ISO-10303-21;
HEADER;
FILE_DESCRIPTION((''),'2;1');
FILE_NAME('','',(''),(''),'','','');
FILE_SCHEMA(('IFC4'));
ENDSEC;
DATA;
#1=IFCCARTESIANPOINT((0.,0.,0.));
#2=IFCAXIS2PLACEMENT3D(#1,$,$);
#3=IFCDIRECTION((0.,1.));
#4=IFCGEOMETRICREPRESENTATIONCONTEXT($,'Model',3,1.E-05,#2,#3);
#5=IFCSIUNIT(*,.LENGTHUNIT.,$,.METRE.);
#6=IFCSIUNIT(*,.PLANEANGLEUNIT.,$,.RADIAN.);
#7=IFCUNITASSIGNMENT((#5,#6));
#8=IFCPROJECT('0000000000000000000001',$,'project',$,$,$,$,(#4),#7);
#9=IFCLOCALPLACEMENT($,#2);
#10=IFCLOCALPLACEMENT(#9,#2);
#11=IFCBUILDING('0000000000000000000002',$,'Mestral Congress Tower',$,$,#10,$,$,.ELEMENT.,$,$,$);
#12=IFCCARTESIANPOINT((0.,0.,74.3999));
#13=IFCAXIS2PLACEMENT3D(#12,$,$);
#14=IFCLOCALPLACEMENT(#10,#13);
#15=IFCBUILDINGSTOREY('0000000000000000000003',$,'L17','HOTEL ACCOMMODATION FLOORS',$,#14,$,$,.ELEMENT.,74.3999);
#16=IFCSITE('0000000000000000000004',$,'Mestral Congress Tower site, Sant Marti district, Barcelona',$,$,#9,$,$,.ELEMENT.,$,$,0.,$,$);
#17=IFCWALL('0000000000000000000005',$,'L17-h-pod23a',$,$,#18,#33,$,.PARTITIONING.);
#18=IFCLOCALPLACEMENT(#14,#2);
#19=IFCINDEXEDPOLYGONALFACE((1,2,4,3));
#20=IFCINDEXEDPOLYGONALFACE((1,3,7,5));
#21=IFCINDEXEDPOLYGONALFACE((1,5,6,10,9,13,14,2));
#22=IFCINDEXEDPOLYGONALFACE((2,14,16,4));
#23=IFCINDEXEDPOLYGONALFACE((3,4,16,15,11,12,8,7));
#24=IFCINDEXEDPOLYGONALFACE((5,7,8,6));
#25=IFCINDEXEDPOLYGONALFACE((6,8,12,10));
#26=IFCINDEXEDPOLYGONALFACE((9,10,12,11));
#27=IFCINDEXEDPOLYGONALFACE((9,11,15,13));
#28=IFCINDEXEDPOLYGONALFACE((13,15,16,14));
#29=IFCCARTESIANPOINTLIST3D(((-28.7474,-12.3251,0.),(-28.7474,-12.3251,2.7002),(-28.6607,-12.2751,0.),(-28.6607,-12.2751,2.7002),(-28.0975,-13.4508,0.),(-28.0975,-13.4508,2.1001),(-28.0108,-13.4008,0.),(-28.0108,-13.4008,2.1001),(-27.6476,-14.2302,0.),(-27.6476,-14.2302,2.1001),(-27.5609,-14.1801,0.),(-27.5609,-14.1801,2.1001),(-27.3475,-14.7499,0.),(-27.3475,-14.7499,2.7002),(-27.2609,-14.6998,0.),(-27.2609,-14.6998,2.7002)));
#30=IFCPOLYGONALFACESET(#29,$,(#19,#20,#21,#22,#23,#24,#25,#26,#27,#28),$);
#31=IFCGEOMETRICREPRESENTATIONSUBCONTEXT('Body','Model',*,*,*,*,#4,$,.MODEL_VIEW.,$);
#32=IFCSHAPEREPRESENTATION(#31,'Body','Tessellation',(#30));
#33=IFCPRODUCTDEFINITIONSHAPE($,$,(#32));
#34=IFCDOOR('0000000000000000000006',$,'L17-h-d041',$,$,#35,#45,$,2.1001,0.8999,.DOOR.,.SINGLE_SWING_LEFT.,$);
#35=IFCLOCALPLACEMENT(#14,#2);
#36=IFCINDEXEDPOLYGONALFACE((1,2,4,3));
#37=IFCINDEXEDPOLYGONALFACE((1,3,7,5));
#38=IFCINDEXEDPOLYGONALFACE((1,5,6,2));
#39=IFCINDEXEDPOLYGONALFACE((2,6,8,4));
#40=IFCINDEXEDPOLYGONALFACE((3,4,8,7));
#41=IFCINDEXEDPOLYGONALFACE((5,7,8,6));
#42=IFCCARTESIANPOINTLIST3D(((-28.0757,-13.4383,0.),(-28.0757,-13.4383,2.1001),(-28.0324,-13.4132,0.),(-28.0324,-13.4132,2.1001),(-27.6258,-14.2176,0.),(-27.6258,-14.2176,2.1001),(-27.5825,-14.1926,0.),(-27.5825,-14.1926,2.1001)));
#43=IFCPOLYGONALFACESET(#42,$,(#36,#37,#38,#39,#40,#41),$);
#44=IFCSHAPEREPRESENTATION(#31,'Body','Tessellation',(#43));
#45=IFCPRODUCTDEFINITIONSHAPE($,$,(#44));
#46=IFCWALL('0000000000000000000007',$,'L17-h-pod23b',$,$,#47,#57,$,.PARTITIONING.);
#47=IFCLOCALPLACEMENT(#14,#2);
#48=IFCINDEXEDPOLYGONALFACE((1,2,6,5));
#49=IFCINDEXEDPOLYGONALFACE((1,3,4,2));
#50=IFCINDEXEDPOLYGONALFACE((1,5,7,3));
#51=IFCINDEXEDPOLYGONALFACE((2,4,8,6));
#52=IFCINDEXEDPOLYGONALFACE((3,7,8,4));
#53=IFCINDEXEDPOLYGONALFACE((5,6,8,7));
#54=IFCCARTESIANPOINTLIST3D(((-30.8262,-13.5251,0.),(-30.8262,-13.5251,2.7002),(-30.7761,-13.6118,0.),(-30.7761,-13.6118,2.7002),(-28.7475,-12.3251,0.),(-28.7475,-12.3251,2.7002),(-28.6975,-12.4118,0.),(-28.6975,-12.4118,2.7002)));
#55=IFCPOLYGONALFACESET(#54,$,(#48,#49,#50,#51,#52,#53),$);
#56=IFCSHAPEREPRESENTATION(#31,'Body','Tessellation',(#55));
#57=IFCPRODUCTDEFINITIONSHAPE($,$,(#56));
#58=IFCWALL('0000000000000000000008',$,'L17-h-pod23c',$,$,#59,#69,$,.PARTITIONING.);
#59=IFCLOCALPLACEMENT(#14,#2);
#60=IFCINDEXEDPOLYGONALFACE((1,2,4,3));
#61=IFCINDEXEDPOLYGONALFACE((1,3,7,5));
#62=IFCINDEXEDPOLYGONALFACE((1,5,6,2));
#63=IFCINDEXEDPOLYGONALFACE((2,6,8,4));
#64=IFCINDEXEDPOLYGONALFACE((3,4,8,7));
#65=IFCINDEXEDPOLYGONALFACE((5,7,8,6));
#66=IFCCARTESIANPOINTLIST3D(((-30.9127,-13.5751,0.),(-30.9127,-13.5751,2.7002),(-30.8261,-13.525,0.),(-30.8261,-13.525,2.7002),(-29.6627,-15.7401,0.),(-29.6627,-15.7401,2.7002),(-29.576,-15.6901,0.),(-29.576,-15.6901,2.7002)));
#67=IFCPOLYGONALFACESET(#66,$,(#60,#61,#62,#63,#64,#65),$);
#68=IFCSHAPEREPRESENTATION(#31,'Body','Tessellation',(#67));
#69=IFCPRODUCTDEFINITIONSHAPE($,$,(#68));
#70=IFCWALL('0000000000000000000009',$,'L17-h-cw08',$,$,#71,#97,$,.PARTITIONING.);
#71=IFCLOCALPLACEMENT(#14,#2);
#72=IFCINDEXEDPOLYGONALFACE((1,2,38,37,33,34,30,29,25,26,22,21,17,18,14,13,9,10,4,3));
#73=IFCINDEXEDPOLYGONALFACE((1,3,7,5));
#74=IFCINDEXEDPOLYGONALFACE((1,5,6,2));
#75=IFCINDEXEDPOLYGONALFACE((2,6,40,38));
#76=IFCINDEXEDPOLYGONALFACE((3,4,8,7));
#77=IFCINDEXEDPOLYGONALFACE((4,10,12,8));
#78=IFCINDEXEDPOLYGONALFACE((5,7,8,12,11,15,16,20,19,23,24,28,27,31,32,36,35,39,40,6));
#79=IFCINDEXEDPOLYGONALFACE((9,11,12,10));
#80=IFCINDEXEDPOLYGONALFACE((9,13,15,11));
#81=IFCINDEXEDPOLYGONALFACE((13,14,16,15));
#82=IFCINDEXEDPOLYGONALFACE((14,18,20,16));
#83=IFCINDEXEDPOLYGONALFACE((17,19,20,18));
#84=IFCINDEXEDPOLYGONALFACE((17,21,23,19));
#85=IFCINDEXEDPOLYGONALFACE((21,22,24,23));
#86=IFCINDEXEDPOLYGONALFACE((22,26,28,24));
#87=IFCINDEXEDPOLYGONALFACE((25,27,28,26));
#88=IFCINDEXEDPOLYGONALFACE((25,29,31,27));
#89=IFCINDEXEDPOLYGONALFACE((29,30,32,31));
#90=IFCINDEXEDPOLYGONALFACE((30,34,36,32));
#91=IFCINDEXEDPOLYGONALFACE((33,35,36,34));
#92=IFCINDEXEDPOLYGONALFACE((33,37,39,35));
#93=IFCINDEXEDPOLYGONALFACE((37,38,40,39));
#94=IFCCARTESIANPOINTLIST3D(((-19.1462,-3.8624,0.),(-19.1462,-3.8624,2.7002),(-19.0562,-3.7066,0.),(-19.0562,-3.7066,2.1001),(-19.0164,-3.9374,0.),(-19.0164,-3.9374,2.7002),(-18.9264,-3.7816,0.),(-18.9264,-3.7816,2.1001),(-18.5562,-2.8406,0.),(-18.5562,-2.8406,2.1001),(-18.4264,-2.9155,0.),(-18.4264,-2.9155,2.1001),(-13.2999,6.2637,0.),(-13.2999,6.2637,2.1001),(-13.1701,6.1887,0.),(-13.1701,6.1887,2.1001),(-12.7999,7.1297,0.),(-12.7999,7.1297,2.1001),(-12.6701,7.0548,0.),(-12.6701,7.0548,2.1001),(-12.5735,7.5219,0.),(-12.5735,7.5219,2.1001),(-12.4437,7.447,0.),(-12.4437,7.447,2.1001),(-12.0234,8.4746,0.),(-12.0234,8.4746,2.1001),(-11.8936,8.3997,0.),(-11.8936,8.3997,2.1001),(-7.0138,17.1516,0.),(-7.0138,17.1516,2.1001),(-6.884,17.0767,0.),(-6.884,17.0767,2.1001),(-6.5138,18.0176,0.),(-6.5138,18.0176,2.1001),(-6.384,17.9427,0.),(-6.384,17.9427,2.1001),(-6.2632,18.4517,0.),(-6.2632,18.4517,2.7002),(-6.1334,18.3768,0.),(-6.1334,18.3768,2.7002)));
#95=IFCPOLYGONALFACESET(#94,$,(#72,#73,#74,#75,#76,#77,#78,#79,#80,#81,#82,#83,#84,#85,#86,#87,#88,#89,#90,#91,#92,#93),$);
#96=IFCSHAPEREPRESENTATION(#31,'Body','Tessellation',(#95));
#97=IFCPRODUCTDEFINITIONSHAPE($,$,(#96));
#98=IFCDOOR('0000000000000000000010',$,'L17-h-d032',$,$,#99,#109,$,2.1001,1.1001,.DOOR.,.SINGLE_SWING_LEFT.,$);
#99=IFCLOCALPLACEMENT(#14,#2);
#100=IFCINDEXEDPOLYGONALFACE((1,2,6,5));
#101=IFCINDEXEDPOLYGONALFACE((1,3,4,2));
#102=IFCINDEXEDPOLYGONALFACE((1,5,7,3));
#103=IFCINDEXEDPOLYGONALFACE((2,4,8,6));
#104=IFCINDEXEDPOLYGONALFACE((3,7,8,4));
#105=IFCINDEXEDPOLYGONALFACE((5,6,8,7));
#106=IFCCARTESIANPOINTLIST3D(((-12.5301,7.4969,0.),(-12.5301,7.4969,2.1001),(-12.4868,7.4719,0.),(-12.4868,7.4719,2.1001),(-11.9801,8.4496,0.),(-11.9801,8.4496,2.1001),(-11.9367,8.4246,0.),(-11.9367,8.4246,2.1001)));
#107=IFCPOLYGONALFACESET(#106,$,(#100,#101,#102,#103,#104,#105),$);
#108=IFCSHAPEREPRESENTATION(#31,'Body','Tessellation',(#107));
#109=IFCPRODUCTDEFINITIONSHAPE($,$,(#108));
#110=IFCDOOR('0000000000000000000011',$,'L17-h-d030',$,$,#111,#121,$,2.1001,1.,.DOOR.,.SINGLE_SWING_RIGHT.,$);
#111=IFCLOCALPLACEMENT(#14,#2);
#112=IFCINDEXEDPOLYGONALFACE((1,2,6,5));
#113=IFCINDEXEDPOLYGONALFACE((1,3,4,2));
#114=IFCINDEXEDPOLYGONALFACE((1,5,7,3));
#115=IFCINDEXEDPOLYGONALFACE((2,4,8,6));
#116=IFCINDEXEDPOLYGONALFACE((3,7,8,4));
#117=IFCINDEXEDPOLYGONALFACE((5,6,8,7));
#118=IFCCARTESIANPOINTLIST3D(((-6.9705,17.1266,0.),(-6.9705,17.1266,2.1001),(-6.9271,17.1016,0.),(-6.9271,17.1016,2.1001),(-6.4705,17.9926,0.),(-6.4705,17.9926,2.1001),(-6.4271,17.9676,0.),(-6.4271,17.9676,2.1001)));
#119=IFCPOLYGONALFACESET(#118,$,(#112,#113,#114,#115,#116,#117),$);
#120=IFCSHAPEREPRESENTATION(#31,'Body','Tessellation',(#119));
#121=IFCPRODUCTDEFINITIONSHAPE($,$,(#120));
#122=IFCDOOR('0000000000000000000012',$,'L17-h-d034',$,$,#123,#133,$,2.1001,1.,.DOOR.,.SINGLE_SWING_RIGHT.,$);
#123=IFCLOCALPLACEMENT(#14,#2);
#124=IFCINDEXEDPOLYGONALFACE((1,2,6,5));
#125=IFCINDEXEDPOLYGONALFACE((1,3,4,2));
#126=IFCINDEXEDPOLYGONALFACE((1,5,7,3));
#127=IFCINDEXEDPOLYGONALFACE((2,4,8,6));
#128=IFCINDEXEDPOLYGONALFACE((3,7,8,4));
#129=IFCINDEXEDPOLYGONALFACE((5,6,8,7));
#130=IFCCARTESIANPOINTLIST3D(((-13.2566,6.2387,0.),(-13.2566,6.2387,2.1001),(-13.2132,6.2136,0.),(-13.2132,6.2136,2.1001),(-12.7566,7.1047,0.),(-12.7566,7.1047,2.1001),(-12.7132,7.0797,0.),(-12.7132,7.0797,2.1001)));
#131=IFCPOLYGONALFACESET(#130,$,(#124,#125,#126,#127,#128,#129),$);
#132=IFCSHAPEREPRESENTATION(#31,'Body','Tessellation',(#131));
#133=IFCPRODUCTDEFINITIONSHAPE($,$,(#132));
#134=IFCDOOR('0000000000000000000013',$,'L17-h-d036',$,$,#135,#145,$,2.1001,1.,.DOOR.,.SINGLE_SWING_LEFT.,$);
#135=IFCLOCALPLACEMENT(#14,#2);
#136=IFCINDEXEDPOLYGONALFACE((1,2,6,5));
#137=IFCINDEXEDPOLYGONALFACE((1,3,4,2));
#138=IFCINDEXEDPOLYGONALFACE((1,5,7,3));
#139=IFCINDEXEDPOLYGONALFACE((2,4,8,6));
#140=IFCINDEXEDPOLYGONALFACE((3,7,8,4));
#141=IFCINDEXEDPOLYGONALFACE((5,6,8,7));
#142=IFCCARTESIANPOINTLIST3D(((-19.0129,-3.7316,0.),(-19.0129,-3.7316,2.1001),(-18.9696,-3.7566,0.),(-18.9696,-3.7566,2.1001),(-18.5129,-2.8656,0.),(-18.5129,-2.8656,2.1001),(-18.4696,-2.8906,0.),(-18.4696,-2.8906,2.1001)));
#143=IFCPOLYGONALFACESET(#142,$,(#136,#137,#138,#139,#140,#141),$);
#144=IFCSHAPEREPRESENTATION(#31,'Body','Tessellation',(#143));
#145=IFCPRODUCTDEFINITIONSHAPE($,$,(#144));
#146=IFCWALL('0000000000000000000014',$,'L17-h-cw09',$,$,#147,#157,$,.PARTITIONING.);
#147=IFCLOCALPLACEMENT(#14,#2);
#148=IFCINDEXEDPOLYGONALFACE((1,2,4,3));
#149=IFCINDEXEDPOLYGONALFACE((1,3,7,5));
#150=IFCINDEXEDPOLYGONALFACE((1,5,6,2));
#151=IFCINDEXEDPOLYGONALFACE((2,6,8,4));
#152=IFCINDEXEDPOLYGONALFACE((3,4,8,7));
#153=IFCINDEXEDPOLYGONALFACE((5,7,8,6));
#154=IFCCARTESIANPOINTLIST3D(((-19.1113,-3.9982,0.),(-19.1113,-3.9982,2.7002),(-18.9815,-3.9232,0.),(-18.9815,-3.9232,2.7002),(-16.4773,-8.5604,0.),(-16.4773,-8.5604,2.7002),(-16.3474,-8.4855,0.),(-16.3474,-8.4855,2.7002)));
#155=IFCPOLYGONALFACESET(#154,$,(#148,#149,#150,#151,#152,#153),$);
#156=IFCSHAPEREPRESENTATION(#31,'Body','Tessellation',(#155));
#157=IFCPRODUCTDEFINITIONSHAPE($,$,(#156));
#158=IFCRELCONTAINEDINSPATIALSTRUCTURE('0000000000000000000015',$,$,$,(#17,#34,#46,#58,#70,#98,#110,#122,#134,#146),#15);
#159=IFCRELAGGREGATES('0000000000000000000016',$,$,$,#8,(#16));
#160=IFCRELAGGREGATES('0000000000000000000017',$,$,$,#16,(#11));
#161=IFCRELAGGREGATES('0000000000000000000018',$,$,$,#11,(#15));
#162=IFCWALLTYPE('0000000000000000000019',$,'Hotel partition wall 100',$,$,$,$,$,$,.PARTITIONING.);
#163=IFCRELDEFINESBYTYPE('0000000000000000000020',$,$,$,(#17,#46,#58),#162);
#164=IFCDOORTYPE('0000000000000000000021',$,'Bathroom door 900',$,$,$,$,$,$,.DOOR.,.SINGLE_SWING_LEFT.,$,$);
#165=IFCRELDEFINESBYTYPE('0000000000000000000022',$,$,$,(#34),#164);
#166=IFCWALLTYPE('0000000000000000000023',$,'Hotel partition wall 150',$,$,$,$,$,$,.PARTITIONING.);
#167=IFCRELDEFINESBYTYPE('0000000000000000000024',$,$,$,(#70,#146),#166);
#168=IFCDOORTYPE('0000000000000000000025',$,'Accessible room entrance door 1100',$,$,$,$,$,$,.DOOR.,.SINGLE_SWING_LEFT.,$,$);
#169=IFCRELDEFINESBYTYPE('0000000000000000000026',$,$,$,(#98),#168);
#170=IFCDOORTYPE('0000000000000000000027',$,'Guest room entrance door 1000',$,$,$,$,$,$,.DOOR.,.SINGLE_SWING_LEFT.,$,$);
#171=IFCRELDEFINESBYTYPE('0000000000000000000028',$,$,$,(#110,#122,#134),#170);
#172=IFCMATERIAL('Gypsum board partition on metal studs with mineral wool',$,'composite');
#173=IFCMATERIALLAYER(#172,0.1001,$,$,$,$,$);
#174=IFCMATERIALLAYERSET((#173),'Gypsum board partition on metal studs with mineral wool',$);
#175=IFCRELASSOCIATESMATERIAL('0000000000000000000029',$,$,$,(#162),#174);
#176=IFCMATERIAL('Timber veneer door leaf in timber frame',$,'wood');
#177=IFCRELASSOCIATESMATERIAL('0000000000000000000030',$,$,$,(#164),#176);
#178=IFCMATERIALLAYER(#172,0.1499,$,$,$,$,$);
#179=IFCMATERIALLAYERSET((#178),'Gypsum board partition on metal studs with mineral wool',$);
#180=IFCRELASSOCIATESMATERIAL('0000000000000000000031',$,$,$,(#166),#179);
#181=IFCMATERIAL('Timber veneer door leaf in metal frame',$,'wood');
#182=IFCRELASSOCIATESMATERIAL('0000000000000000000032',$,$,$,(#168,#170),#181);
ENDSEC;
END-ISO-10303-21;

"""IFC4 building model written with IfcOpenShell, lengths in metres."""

from ifc_helpers import new_model, si_unit, direction, frame, frame_2d, origin, place, context, subcontext, project, spatial, rectangle, extrude, material, layer, layer_set, type_object, element, fill, save


model = new_model("IFC4")

# Units and contexts
model_context = context("Model", 3, precision=1e-05, world=origin(), true_north=direction((0.0, 1.0)))
body_context = subcontext(model_context, "Body", "Model", "MODEL_VIEW")
ifc_project = project(units=[si_unit("LENGTHUNIT", "METRE"), si_unit("PLANEANGLEUNIT", "RADIAN")], contexts=[model_context])

# Site, building, storey
site_placement = place(None, origin())
site = spatial("IfcSite", under=ifc_project, at=site_placement, Name="Mestral Congress Tower site, Sant Marti district, Barcelona", CompositionType="ELEMENT", RefElevation=0.0)
building_placement = place(site_placement, origin())
building = spatial("IfcBuilding", under=site, at=building_placement, Name="Mestral Congress Tower", CompositionType="ELEMENT")
storey_placement = place(building_placement, frame((0.0, 0.0, 74.3999)))
storey = spatial("IfcBuildingStorey", under=building, at=storey_placement, Name="L17", Description="HOTEL ACCOMMODATION FLOORS", CompositionType="ELEMENT", Elevation=74.3999)

# Shared definitions
ifc_material_1 = material(Name="Gypsum board partition on metal studs with mineral wool", Category="composite")
ifc_layer_1 = layer(ifc_material_1, 0.1001)
ifc_layer_set_1 = layer_set([ifc_layer_1], Name="Gypsum board partition on metal studs with mineral wool")
wall_type_1 = type_object("IfcWallType", Name="Hotel partition wall 100", PredefinedType="PARTITIONING", material=ifc_layer_set_1)

# Shared definitions
ifc_material_2 = material(Name="Timber veneer door leaf in timber frame", Category="wood")
door_type_1 = type_object("IfcDoorType", Name="Bathroom door 900", OperationType="SINGLE_SWING_LEFT", PredefinedType="DOOR", material=ifc_material_2)

# Wall, opening, door
wall_1_placement = place(storey_placement, frame((-27.3042, -14.7249, 0.0), z_axis=(0.0, 0.0, 1.0), x_axis=(-0.499984, 0.866035, 0.0)))
wall_1 = element("IfcWall", 1, at=wall_1_placement, inside=storey, type_object=wall_type_1, Name="L17-h-pod23a", PredefinedType="PARTITIONING", context=body_context, shape_type="SweptSolid", body=[
    extrude(rectangle(XDim=2.7998, YDim=0.1001, at=frame_2d((1.3999, 0.0))), origin(), (0.0, 0.0, 1.0), 2.7002),
])
opening_1_placement = place(wall_1_placement, frame((0.6001, 0.0, 0.0)))
opening_1 = element("IfcOpeningElement", 2, at=opening_1_placement, cuts=wall_1, PredefinedType="OPENING", context=body_context, shape_type="SweptSolid", body=[
    extrude(rectangle(XDim=0.8999, YDim=2.1001, at=frame_2d((0.45, 1.05))), frame((0.0, 0.0601, 0.0), z_axis=(0.0, -1.0, 0.0), x_axis=(1.0, 0.0, 0.0)), (0.0, 0.0, 1.0), 0.1201),
])
door_1_placement = place(opening_1_placement, origin())
door_1 = element("IfcDoor", 3, at=door_1_placement, inside=storey, type_object=door_type_1, Name="L17-h-d041", OperationType="SINGLE_SWING_LEFT", OverallHeight=2.1001, OverallWidth=0.8999, PredefinedType="DOOR", context=body_context, shape_type="SweptSolid", body=[
    extrude(rectangle(XDim=0.8999, YDim=2.1001, at=frame_2d((0.45, 1.05))), frame((0.0, 0.0249, 0.0), z_axis=(0.0, -1.0, 0.0), x_axis=(1.0, 0.0, 0.0)), (0.0, 0.0, 1.0), 0.05),
])
fill(opening_1, door_1)

# Walls
wall_2_placement = place(storey_placement, frame((-28.7224, -12.3684, 0.0), z_axis=(0.0, 0.0, 1.0), x_axis=(-0.86605, -0.499957, 0.0)))
element("IfcWall", 4, at=wall_2_placement, inside=storey, type_object=wall_type_1, Name="L17-h-pod23b", PredefinedType="PARTITIONING", context=body_context, shape_type="SweptSolid", body=[
    extrude(rectangle(XDim=2.4001, YDim=0.1001, at=frame_2d((1.2002, 0.0))), origin(), (0.0, 0.0, 1.0), 2.7002),
])
wall_3_placement = place(storey_placement, frame((-29.6194, -15.7151, 0.0), z_axis=(0.0, 0.0, 1.0), x_axis=(-0.500004, 0.866023, 0.0)))
element("IfcWall", 5, at=wall_3_placement, inside=storey, type_object=wall_type_1, Name="L17-h-pod23c", PredefinedType="PARTITIONING", context=body_context, shape_type="SweptSolid", body=[
    extrude(rectangle(XDim=2.5, YDim=0.1001, at=frame_2d((1.25, 0.0))), origin(), (0.0, 0.0, 1.0), 2.7002),
])

# Wall, openings, doors
ifc_layer_2 = layer(ifc_material_1, 0.1499)
ifc_layer_set_2 = layer_set([ifc_layer_2], Name="Gypsum board partition on metal studs with mineral wool")
wall_type_2 = type_object("IfcWallType", Name="Hotel partition wall 150", PredefinedType="PARTITIONING", material=ifc_layer_set_2)
wall_4_placement = place(storey_placement, frame((-19.0813, -3.8999, 0.0), z_axis=(0.0, 0.0, 1.0), x_axis=(0.499998, 0.866026, 0.0)))
wall_4 = element("IfcWall", 6, at=wall_4_placement, inside=storey, type_object=wall_type_2, Name="L17-h-cw08", PredefinedType="PARTITIONING", context=body_context, shape_type="SweptSolid", body=[
    extrude(rectangle(XDim=25.7661, YDim=0.1499, at=frame_2d((12.8831, 0.0))), origin(), (0.0, 0.0, 1.0), 2.7002),
])
opening_2_placement = place(wall_4_placement, frame((24.2649, 0.0, 0.0)))
opening_2 = element("IfcOpeningElement", 7, at=opening_2_placement, cuts=wall_4, PredefinedType="OPENING", context=body_context, shape_type="SweptSolid", body=[
    extrude(rectangle(XDim=1.0, YDim=2.1001, at=frame_2d((0.5, 1.05))), frame((0.0, 0.085, 0.0), z_axis=(0.0, -1.0, 0.0), x_axis=(1.0, 0.0, 0.0)), (0.0, 0.0, 1.0), 0.1699),
])
opening_3_placement = place(wall_4_placement, frame((13.1455, 0.0, 0.0)))
opening_3 = element("IfcOpeningElement", 8, at=opening_3_placement, cuts=wall_4, PredefinedType="OPENING", context=body_context, shape_type="SweptSolid", body=[
    extrude(rectangle(XDim=1.1001, YDim=2.1001, at=frame_2d((0.55, 1.05))), frame((0.0, 0.085, 0.0), z_axis=(0.0, -1.0, 0.0), x_axis=(1.0, 0.0, 0.0)), (0.0, 0.0, 1.0), 0.1699),
])
opening_4_placement = place(wall_4_placement, frame((11.6926, 0.0, 0.0)))
opening_4 = element("IfcOpeningElement", 9, at=opening_4_placement, cuts=wall_4, PredefinedType="OPENING", context=body_context, shape_type="SweptSolid", body=[
    extrude(rectangle(XDim=1.0, YDim=2.1001, at=frame_2d((0.5, 1.05))), frame((0.0, 0.085, 0.0), z_axis=(0.0, -1.0, 0.0), x_axis=(1.0, 0.0, 0.0)), (0.0, 0.0, 1.0), 0.1699),
])
opening_5_placement = place(wall_4_placement, frame((0.1799, 0.0, 0.0)))
opening_5 = element("IfcOpeningElement", 10, at=opening_5_placement, cuts=wall_4, PredefinedType="OPENING", context=body_context, shape_type="SweptSolid", body=[
    extrude(rectangle(XDim=1.0, YDim=2.1001, at=frame_2d((0.5, 1.05))), frame((0.0, 0.085, 0.0), z_axis=(0.0, -1.0, 0.0), x_axis=(1.0, 0.0, 0.0)), (0.0, 0.0, 1.0), 0.1699),
])
ifc_material_3 = material(Name="Timber veneer door leaf in metal frame", Category="wood")
door_type_2 = type_object("IfcDoorType", Name="Accessible room entrance door 1100", OperationType="SINGLE_SWING_LEFT", PredefinedType="DOOR", material=ifc_material_3)
door_2_placement = place(opening_3_placement, origin())
door_2 = element("IfcDoor", 11, at=door_2_placement, inside=storey, type_object=door_type_2, Name="L17-h-d032", OperationType="SINGLE_SWING_LEFT", OverallHeight=2.1001, OverallWidth=1.1001, PredefinedType="DOOR", context=body_context, shape_type="SweptSolid", body=[
    extrude(rectangle(XDim=1.1001, YDim=2.1001, at=frame_2d((0.55, 1.05))), frame((0.0, 0.0249, 0.0), z_axis=(0.0, -1.0, 0.0), x_axis=(1.0, 0.0, 0.0)), (0.0, 0.0, 1.0), 0.05),
])
fill(opening_3, door_2)
door_type_3 = type_object("IfcDoorType", Name="Guest room entrance door 1000", OperationType="SINGLE_SWING_LEFT", PredefinedType="DOOR", material=ifc_material_3)
door_3_placement = place(opening_2_placement, origin())
door_3 = element("IfcDoor", 12, at=door_3_placement, inside=storey, type_object=door_type_3, Name="L17-h-d030", OperationType="SINGLE_SWING_RIGHT", OverallHeight=2.1001, OverallWidth=1.0, PredefinedType="DOOR", context=body_context, shape_type="SweptSolid", body=[
    extrude(rectangle(XDim=1.0, YDim=2.1001, at=frame_2d((0.5, 1.05))), frame((0.0, 0.0249, 0.0), z_axis=(0.0, -1.0, 0.0), x_axis=(1.0, 0.0, 0.0)), (0.0, 0.0, 1.0), 0.05),
])
fill(opening_2, door_3)
door_4_placement = place(opening_4_placement, origin())
door_4 = element("IfcDoor", 13, at=door_4_placement, inside=storey, type_object=door_type_3, Name="L17-h-d034", OperationType="SINGLE_SWING_RIGHT", OverallHeight=2.1001, OverallWidth=1.0, PredefinedType="DOOR", context=body_context, shape_type="SweptSolid", body=[
    extrude(rectangle(XDim=1.0, YDim=2.1001, at=frame_2d((0.5, 1.05))), frame((0.0, 0.0249, 0.0), z_axis=(0.0, -1.0, 0.0), x_axis=(1.0, 0.0, 0.0)), (0.0, 0.0, 1.0), 0.05),
])
fill(opening_4, door_4)
door_5_placement = place(opening_5_placement, origin())
door_5 = element("IfcDoor", 14, at=door_5_placement, inside=storey, type_object=door_type_3, Name="L17-h-d036", OperationType="SINGLE_SWING_LEFT", OverallHeight=2.1001, OverallWidth=1.0, PredefinedType="DOOR", context=body_context, shape_type="SweptSolid", body=[
    extrude(rectangle(XDim=1.0, YDim=2.1001, at=frame_2d((0.5, 1.05))), frame((0.0, 0.0249, 0.0), z_axis=(0.0, -1.0, 0.0), x_axis=(1.0, 0.0, 0.0)), (0.0, 0.0, 1.0), 0.05),
])
fill(opening_5, door_5)

# Wall
wall_5_placement = place(storey_placement, frame((-16.4124, -8.5229, 0.0), z_axis=(0.0, 0.0, 1.0), x_axis=(-0.500002, 0.866024, 0.0)))
element("IfcWall", 15, at=wall_5_placement, inside=storey, type_object=wall_type_2, Name="L17-h-cw09", PredefinedType="PARTITIONING", context=body_context, shape_type="SweptSolid", body=[
    extrude(rectangle(XDim=5.2681, YDim=0.1499, at=frame_2d((2.634, 0.0))), origin(), (0.0, 0.0, 1.0), 2.7002),
])

save(model, "model.ifc")
